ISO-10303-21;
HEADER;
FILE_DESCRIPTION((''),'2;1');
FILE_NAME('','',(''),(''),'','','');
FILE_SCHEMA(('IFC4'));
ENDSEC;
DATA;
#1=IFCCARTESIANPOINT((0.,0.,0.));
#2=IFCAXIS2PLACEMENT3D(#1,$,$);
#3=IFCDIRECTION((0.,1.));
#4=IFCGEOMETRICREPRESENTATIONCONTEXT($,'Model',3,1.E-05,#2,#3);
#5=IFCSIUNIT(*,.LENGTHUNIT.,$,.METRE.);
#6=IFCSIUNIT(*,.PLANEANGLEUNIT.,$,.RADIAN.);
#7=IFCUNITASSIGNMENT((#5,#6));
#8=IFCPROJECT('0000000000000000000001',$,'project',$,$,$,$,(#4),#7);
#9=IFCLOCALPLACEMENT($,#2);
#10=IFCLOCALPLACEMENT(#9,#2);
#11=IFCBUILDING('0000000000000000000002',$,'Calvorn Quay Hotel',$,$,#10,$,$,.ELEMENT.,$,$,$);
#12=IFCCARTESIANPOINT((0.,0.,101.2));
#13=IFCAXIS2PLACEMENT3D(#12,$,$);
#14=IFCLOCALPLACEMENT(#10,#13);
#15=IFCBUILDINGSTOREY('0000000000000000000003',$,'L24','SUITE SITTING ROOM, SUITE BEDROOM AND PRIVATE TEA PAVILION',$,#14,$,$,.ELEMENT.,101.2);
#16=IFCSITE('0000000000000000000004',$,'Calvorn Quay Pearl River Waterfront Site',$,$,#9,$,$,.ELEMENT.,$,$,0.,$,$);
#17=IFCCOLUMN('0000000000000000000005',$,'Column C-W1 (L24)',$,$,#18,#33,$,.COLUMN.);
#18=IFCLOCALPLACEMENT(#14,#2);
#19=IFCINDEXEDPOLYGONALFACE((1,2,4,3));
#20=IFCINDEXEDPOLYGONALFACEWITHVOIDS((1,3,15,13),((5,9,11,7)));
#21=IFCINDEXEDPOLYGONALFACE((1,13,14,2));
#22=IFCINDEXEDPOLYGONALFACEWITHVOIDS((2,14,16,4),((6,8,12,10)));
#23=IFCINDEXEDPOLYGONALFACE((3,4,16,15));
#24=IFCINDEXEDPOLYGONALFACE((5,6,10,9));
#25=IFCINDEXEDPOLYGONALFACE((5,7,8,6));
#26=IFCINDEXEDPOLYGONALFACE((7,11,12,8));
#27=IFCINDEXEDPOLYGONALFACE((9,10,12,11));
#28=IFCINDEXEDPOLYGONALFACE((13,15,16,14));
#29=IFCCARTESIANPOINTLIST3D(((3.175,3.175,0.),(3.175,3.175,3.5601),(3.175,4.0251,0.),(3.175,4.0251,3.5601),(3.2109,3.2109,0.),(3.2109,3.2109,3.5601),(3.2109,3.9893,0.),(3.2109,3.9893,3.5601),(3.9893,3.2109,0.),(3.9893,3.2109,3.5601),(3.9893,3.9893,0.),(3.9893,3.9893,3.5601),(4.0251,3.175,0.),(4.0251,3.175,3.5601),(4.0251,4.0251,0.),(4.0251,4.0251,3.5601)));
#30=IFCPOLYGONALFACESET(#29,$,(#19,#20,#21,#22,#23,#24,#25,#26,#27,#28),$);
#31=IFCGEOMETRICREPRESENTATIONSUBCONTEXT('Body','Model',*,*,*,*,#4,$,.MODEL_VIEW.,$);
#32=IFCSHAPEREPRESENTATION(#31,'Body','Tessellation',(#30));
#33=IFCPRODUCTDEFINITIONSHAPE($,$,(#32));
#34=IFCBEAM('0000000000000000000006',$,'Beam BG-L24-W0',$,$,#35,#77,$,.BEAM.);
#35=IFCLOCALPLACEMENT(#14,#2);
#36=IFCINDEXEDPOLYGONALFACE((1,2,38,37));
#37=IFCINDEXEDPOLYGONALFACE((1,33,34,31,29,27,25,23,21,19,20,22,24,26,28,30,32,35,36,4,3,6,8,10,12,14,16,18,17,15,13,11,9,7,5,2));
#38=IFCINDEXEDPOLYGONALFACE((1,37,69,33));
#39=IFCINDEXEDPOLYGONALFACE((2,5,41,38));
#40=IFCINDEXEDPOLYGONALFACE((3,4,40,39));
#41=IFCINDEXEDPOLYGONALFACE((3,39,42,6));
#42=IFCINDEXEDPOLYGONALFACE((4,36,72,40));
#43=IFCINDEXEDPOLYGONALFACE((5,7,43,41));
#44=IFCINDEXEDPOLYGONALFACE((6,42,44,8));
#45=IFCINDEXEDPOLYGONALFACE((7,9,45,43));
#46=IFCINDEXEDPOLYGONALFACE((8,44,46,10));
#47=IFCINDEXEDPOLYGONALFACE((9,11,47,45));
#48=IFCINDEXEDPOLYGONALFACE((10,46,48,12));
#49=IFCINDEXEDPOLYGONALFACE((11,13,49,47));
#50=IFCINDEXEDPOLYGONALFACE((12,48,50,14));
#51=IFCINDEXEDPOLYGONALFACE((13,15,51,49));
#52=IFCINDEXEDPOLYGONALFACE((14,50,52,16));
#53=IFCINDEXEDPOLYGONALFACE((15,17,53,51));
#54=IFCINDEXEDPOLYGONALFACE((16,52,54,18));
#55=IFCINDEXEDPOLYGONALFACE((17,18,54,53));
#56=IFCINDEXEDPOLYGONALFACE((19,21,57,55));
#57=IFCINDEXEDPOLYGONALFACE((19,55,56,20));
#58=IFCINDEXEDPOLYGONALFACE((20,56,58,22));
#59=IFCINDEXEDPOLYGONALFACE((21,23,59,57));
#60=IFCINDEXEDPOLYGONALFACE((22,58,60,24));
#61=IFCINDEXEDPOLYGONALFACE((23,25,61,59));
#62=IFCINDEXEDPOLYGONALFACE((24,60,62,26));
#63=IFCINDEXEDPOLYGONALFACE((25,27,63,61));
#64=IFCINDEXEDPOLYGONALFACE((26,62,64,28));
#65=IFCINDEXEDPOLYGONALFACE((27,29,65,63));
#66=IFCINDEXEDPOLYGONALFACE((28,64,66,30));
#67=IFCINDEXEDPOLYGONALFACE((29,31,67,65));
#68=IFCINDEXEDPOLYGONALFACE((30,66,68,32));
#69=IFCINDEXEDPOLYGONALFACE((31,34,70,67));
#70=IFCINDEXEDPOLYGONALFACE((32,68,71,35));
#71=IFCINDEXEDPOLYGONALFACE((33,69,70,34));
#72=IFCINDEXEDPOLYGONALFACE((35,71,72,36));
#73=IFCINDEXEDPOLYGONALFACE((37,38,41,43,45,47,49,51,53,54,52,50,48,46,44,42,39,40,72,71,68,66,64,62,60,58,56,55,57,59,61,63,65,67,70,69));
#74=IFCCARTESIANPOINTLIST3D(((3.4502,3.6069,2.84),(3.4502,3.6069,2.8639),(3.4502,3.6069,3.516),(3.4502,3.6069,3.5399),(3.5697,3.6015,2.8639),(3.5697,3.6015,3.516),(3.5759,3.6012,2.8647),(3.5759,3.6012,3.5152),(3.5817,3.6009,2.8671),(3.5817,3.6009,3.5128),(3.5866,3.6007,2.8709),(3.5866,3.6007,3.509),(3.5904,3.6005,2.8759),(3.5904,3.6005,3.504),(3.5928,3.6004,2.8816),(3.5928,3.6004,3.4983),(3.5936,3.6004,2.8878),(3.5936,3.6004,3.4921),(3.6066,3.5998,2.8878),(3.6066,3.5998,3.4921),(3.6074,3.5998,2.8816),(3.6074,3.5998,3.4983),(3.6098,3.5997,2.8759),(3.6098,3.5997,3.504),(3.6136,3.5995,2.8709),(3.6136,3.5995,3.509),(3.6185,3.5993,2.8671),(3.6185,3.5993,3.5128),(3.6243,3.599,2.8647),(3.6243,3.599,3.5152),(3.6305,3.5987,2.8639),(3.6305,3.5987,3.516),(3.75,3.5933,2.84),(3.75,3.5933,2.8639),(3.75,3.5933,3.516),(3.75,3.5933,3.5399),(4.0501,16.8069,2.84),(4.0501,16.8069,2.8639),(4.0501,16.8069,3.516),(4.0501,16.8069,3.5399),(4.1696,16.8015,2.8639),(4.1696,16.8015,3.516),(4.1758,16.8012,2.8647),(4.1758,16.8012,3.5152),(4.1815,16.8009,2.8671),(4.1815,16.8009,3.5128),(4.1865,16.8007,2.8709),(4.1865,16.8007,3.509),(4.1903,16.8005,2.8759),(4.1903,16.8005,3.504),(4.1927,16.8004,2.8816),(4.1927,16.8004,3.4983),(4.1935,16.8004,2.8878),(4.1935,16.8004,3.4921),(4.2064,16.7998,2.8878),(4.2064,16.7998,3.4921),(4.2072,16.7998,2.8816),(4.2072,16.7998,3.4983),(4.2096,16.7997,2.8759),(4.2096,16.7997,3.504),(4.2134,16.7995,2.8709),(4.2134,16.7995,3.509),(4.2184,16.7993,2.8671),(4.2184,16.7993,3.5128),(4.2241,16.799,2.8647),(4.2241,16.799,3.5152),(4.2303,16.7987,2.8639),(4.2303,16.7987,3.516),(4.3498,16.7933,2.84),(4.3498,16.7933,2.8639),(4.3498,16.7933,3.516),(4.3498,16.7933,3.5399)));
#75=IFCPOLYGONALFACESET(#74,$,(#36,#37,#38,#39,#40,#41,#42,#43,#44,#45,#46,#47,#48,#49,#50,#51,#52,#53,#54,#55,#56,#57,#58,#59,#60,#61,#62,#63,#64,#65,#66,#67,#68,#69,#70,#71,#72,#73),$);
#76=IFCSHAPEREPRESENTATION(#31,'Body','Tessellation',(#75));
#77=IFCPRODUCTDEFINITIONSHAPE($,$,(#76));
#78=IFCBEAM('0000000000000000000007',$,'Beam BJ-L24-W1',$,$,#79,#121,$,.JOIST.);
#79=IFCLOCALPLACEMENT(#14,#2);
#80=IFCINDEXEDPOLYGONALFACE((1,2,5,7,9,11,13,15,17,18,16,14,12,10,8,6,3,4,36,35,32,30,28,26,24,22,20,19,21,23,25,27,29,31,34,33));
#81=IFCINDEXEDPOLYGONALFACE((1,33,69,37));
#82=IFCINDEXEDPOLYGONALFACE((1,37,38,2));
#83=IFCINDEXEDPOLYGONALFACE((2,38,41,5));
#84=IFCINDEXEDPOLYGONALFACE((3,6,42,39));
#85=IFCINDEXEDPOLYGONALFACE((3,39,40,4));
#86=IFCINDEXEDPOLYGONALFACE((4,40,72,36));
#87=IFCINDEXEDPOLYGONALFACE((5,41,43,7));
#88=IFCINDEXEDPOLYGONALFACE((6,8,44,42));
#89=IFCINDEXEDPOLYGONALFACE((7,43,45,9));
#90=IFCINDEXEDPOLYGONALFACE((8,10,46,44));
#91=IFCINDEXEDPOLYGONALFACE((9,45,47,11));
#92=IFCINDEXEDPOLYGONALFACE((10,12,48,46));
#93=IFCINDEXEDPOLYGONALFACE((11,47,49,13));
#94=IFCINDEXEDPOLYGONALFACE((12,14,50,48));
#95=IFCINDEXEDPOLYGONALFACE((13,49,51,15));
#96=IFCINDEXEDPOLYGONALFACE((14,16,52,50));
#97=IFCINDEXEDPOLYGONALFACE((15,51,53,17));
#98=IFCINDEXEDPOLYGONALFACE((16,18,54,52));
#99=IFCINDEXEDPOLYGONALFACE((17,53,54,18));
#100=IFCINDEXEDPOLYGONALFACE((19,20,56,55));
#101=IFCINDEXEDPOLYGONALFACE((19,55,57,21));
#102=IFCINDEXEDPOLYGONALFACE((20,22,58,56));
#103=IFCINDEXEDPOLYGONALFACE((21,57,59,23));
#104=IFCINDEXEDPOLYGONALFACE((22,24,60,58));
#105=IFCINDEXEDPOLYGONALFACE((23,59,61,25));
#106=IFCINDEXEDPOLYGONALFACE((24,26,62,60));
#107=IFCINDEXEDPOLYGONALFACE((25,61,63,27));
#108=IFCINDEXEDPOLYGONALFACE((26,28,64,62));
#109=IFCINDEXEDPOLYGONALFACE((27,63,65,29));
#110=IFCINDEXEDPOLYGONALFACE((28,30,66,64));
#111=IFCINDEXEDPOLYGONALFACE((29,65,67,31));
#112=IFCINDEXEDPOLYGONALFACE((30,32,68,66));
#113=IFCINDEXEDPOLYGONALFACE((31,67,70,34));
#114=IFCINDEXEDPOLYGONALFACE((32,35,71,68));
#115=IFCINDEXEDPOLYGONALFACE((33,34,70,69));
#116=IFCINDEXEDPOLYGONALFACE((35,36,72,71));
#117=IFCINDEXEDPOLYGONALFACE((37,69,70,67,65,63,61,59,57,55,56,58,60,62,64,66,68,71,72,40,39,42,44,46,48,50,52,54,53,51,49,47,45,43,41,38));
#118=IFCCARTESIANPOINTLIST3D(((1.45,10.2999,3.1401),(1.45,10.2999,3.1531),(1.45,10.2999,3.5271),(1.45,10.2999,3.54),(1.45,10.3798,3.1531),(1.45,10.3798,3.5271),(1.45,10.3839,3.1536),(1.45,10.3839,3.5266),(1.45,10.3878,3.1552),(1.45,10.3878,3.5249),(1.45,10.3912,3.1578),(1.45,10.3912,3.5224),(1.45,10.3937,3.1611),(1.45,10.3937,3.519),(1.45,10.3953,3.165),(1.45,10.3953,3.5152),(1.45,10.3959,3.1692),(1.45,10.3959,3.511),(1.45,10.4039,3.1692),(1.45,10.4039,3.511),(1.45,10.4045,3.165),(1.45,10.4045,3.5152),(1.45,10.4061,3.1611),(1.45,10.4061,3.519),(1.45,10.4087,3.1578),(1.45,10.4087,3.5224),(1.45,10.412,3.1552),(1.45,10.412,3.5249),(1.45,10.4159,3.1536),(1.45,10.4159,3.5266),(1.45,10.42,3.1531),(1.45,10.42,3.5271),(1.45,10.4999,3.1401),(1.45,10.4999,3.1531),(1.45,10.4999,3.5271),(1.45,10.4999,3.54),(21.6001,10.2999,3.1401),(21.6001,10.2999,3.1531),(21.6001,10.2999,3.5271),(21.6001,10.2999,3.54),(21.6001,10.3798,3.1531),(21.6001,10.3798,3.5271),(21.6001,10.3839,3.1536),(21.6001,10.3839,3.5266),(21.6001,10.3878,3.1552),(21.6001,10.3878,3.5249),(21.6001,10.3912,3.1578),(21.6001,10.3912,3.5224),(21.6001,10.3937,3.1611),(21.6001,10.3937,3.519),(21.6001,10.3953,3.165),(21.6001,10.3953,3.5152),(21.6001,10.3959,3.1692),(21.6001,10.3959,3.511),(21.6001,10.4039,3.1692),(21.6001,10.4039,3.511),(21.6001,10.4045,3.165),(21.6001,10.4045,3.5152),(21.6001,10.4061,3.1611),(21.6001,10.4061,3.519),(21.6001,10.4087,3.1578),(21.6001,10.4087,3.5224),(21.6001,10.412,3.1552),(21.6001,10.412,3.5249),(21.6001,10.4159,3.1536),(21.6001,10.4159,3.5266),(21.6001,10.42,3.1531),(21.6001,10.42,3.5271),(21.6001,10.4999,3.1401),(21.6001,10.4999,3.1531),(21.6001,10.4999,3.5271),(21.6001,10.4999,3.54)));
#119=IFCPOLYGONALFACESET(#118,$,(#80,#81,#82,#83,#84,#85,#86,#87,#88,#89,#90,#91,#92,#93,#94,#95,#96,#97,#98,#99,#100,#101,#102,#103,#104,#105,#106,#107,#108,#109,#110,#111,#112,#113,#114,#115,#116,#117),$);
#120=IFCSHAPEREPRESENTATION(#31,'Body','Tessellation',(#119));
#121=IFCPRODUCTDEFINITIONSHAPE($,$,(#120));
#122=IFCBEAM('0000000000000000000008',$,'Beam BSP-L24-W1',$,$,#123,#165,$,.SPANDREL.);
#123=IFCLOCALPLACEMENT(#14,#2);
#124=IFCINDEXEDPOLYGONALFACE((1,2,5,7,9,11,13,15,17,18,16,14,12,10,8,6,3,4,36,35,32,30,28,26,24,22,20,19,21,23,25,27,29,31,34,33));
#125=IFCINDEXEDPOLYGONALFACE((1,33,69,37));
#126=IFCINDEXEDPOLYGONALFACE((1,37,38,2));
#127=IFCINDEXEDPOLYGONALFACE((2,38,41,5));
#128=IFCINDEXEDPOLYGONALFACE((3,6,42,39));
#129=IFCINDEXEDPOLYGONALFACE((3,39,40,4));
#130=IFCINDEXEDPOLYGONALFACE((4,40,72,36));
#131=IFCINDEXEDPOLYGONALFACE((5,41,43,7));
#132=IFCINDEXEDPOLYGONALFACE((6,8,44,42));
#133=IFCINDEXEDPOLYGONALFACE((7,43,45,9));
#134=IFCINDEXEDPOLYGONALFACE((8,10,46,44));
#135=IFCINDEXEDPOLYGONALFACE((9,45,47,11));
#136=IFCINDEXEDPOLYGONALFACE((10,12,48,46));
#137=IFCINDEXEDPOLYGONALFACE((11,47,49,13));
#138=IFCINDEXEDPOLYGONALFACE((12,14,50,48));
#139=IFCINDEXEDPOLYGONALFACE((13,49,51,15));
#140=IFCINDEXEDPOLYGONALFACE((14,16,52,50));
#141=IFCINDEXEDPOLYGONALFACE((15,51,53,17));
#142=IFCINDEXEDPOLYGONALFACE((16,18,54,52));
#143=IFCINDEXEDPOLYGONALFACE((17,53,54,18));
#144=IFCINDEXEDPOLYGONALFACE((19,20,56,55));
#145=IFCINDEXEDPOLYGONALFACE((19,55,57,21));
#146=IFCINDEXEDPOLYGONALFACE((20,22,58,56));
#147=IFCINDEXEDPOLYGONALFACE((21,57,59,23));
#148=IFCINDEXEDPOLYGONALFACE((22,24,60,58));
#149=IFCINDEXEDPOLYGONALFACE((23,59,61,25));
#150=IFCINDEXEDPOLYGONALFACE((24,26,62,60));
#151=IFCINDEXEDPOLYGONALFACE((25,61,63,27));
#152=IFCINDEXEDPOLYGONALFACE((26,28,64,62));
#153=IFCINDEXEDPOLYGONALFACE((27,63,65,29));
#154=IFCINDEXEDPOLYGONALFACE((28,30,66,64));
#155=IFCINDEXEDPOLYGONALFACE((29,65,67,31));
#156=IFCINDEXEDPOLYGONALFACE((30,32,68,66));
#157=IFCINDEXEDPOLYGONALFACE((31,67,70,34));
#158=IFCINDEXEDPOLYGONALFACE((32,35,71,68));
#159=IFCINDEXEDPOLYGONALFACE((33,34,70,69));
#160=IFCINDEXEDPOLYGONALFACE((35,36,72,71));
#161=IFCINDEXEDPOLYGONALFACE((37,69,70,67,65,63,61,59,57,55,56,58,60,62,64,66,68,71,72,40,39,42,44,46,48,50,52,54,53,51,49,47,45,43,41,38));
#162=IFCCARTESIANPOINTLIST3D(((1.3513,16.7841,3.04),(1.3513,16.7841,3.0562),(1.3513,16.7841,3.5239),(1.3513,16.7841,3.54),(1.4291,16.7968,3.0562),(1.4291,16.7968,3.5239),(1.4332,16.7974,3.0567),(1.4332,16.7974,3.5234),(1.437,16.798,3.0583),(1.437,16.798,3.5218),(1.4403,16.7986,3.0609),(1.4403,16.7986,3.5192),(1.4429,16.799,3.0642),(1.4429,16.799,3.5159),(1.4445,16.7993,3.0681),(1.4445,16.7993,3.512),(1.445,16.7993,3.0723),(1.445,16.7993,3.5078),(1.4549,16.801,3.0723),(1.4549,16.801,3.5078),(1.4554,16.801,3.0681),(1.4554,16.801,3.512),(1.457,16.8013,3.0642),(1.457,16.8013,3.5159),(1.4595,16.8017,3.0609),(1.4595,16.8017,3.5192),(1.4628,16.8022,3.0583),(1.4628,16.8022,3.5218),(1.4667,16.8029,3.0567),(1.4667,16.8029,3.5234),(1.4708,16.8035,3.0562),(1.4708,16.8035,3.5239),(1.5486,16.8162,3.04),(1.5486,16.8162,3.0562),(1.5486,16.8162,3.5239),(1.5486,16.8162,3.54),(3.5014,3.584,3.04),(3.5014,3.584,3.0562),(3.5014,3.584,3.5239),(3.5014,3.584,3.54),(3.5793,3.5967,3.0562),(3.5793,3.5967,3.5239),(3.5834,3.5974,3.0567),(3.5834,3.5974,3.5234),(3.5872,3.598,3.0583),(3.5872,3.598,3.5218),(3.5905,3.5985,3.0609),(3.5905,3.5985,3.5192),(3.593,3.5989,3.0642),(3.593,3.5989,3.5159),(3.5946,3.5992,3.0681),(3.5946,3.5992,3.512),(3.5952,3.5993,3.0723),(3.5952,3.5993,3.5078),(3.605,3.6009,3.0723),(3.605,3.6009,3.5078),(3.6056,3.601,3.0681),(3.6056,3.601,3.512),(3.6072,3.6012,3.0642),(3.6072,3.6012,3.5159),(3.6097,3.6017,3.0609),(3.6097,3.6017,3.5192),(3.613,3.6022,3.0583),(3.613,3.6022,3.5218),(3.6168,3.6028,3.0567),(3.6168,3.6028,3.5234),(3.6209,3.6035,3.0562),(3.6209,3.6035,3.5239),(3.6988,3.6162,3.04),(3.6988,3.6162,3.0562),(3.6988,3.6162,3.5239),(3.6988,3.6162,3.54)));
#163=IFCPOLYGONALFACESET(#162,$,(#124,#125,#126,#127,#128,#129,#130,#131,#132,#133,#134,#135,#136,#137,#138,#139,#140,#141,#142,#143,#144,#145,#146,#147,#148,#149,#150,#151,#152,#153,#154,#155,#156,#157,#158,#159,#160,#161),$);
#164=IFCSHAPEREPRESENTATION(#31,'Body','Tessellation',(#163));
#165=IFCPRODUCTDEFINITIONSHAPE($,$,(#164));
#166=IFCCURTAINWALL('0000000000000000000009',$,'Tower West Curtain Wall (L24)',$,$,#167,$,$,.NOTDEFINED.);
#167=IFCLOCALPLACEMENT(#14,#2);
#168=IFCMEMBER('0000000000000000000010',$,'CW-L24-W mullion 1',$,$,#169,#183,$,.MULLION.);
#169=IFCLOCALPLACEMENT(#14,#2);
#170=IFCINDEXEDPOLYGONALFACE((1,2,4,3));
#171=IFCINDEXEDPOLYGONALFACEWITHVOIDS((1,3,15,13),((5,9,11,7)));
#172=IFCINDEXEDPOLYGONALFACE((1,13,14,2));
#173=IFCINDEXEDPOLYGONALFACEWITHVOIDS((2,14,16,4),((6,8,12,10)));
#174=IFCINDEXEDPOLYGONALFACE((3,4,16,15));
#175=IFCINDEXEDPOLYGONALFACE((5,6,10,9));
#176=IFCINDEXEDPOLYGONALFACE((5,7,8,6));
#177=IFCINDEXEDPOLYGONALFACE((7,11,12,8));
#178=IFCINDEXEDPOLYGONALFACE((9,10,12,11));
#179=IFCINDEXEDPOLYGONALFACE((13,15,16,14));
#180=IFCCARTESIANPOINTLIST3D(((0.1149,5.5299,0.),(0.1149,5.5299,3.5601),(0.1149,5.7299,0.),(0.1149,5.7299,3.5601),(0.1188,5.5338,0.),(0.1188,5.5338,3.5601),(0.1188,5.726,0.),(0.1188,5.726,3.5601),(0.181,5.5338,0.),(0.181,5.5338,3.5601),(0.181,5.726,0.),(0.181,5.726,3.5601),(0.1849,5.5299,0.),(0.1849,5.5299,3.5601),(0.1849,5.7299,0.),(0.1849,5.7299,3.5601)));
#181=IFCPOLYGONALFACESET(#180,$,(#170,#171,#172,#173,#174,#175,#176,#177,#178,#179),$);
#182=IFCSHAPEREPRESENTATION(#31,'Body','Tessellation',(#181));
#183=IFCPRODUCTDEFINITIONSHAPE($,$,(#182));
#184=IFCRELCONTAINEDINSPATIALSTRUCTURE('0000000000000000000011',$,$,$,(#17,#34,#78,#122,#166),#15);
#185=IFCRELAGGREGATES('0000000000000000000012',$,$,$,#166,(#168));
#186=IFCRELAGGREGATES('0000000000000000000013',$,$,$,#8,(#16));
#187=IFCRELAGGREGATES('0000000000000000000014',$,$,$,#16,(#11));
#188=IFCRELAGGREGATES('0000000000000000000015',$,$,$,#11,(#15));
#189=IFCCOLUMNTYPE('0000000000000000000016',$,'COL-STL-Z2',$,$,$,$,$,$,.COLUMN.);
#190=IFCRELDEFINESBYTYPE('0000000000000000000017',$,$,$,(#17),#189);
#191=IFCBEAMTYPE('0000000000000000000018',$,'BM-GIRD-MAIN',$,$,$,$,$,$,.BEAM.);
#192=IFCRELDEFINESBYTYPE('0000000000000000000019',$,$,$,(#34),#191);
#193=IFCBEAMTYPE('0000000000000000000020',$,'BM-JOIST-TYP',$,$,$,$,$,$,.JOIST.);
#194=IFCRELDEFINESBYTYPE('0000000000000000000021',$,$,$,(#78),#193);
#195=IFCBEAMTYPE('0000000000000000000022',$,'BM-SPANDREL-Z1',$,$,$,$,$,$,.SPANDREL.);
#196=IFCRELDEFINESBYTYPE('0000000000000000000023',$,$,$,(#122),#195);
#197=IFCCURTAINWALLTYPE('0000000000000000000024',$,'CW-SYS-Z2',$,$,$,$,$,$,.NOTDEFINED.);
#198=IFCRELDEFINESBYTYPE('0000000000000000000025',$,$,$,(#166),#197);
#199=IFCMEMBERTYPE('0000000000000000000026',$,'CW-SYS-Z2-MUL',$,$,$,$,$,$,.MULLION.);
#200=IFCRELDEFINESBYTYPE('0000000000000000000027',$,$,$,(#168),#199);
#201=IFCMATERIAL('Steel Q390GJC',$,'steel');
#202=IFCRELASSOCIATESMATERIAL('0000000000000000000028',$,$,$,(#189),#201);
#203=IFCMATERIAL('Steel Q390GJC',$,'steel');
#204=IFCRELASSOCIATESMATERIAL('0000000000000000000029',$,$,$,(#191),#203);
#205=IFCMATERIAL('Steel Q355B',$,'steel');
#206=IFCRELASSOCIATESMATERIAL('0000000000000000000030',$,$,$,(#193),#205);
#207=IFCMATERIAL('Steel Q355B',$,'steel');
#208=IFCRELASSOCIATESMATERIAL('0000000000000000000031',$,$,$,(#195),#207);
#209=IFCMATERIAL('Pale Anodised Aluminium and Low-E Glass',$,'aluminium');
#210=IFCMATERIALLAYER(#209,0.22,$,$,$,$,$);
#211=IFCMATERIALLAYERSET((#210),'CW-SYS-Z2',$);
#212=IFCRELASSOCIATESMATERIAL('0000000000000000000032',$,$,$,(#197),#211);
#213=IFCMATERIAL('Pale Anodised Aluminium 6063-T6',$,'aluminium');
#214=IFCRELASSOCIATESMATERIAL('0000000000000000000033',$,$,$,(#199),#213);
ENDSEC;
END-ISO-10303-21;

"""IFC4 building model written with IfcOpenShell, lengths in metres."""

from ifc_helpers import new_model, si_unit, direction, frame, origin, origin_2d, place, context, subcontext, project, spatial, hollow_rectangle, i_section, extrude, material, layer, layer_set, material_profile, profile_set, type_object, element, aggregate, save


model = new_model("IFC4")

# Units and contexts
model_context = context("Model", 3, precision=1e-05, world=origin(), true_north=direction((0.0, 1.0)))
body_context = subcontext(model_context, "Body", "Model", "MODEL_VIEW")
ifc_project = project(units=[si_unit("LENGTHUNIT", "METRE"), si_unit("PLANEANGLEUNIT", "RADIAN")], contexts=[model_context])

# Site, building, storey
site_placement = place(None, origin())
site = spatial("IfcSite", under=ifc_project, at=site_placement, Name="Calvorn Quay Pearl River Waterfront Site", CompositionType="ELEMENT", RefElevation=0.0)
building_placement = place(site_placement, origin())
building = spatial("IfcBuilding", under=site, at=building_placement, Name="Calvorn Quay Hotel", CompositionType="ELEMENT")
storey_placement = place(building_placement, frame((0.0, 0.0, 101.2)))
storey = spatial("IfcBuildingStorey", under=building, at=storey_placement, Name="L24", Description="SUITE SITTING ROOM, SUITE BEDROOM AND PRIVATE TEA PAVILION", CompositionType="ELEMENT", Elevation=101.2)

# Column
ifc_material_1 = material(Name="Steel Q390GJC", Category="steel")
ifc_material_profile_1 = material_profile(ifc_material_1, hollow_rectangle(XDim=0.8501, YDim=0.8501, WallThickness=0.0359, at=origin_2d()), Name="BOX850x850x36")
ifc_profile_set_1 = profile_set([ifc_material_profile_1], Name="Steel Q390GJC")
column_type = type_object("IfcColumnType", Name="COL-STL-Z2", PredefinedType="COLUMN", material=ifc_profile_set_1)
column_placement = place(storey_placement, frame((3.6001, 3.6001, 0.0), z_axis=(0.0, 0.0, 1.0), x_axis=(1.0, 0.0, 0.0)))
element("IfcColumn", 1, at=column_placement, inside=storey, type_object=column_type, Name="Column C-W1 (L24)", PredefinedType="COLUMN", context=body_context, shape_type="SweptSolid", body=[
    extrude(hollow_rectangle(XDim=0.8501, YDim=0.8501, WallThickness=0.0359, at=origin_2d()), origin(), (0.0, 0.0, 1.0), 3.5601),
])

# Beams
ifc_material_2 = material(Name="Steel Q390GJC", Category="steel")
ifc_material_profile_2 = material_profile(ifc_material_2, i_section(OverallWidth=0.3, OverallDepth=0.7, WebThickness=0.0129, FlangeThickness=0.0239, FilletRadius=0.0239, at=origin_2d()), Name="HN700x300x13x24")
ifc_profile_set_2 = profile_set([ifc_material_profile_2], Name="Steel Q390GJC")
beam_type_1 = type_object("IfcBeamType", Name="BM-GIRD-MAIN", PredefinedType="BEAM", material=ifc_profile_set_2)
beam_1_placement = place(storey_placement, frame((3.6001, 3.6001, 3.1899), z_axis=(0.045397, 0.998969, 0.0), x_axis=(-0.998969, 0.045397, 0.0)))
element("IfcBeam", 2, at=beam_1_placement, inside=storey, type_object=beam_type_1, Name="Beam BG-L24-W0", PredefinedType="BEAM", context=body_context, shape_type="SweptSolid", body=[
    extrude(i_section(OverallWidth=0.3, OverallDepth=0.7, WebThickness=0.0129, FlangeThickness=0.0239, FilletRadius=0.0239, at=origin_2d()), origin(), (0.0, 0.0, 1.0), 13.2136),
])
ifc_material_3 = material(Name="Steel Q355B", Category="steel")
ifc_material_profile_3 = material_profile(ifc_material_3, i_section(OverallWidth=0.2, OverallDepth=0.3999, WebThickness=0.0081, FlangeThickness=0.0129, FilletRadius=0.0161, at=origin_2d()), Name="HN400x200x8x13")
ifc_profile_set_3 = profile_set([ifc_material_profile_3], Name="Steel Q355B")
beam_type_2 = type_object("IfcBeamType", Name="BM-JOIST-TYP", PredefinedType="JOIST", material=ifc_profile_set_3)
beam_2_placement = place(storey_placement, frame((1.45, 10.3999, 3.3401), z_axis=(1.0, 0.0, 0.0), x_axis=(0.0, 1.0, 0.0)))
element("IfcBeam", 3, at=beam_2_placement, inside=storey, type_object=beam_type_2, Name="Beam BJ-L24-W1", PredefinedType="JOIST", context=body_context, shape_type="SweptSolid", body=[
    extrude(i_section(OverallWidth=0.2, OverallDepth=0.3999, WebThickness=0.0081, FlangeThickness=0.0129, FilletRadius=0.0161, at=origin_2d()), origin(), (0.0, 0.0, 1.0), 20.1501),
])
ifc_material_4 = material(Name="Steel Q355B", Category="steel")
ifc_material_profile_4 = material_profile(ifc_material_4, i_section(OverallWidth=0.2, OverallDepth=0.5, WebThickness=0.01, FlangeThickness=0.0161, FilletRadius=0.0161, at=origin_2d()), Name="HN500x200x10x16")
ifc_profile_set_4 = profile_set([ifc_material_profile_4], Name="Steel Q355B")
beam_type_3 = type_object("IfcBeamType", Name="BM-SPANDREL-Z1", PredefinedType="SPANDREL", material=ifc_profile_set_4)
beam_3_placement = place(storey_placement, frame((3.6001, 3.6001, 3.29), z_axis=(-0.160772, 0.986992, 0.0), x_axis=(-0.986992, -0.160772, 0.0)))
element("IfcBeam", 4, at=beam_3_placement, inside=storey, type_object=beam_type_3, Name="Beam BSP-L24-W1", PredefinedType="SPANDREL", context=body_context, shape_type="SweptSolid", body=[
    extrude(i_section(OverallWidth=0.2, OverallDepth=0.5, WebThickness=0.01, FlangeThickness=0.0161, FilletRadius=0.0161, at=origin_2d()), origin(), (0.0, 0.0, 1.0), 13.374),
])

# Curtain wall, member
ifc_material_5 = material(Name="Pale Anodised Aluminium and Low-E Glass", Category="aluminium")
ifc_layer_1 = layer(ifc_material_5, 0.22)
ifc_layer_set_1 = layer_set([ifc_layer_1], Name="CW-SYS-Z2")
curtain_wall_type = type_object("IfcCurtainWallType", Name="CW-SYS-Z2", PredefinedType="NOTDEFINED", material=ifc_layer_set_1)
curtain_wall_placement = place(storey_placement, origin())
curtain_wall = element("IfcCurtainWall", 5, at=curtain_wall_placement, inside=storey, type_object=curtain_wall_type, Name="Tower West Curtain Wall (L24)", PredefinedType="NOTDEFINED")
ifc_material_6 = material(Name="Pale Anodised Aluminium 6063-T6", Category="aluminium")
ifc_material_profile_5 = material_profile(ifc_material_6, hollow_rectangle(XDim=0.0701, YDim=0.2, WallThickness=0.0039, at=origin_2d()), Name="ALU-M200x70x4")
ifc_profile_set_5 = profile_set([ifc_material_profile_5], Name="Pale Anodised Aluminium 6063-T6")
member_type_1 = type_object("IfcMemberType", Name="CW-SYS-Z2-MUL", PredefinedType="MULLION", material=ifc_profile_set_5)
member_1_placement = place(storey_placement, frame((0.1499, 5.6299, 0.0), z_axis=(0.0, 0.0, 1.0), x_axis=(-1.0, 0.0, 0.0)))
member_1 = element("IfcMember", 6, at=member_1_placement, type_object=member_type_1, Name="CW-L24-W mullion 1", PredefinedType="MULLION", context=body_context, shape_type="SweptSolid", body=[
    extrude(hollow_rectangle(XDim=0.0701, YDim=0.2, WallThickness=0.0039, at=origin_2d()), origin(), (0.0, 0.0, 1.0), 3.5601),
])
aggregate(curtain_wall, [member_1])

save(model, "model.ifc")
